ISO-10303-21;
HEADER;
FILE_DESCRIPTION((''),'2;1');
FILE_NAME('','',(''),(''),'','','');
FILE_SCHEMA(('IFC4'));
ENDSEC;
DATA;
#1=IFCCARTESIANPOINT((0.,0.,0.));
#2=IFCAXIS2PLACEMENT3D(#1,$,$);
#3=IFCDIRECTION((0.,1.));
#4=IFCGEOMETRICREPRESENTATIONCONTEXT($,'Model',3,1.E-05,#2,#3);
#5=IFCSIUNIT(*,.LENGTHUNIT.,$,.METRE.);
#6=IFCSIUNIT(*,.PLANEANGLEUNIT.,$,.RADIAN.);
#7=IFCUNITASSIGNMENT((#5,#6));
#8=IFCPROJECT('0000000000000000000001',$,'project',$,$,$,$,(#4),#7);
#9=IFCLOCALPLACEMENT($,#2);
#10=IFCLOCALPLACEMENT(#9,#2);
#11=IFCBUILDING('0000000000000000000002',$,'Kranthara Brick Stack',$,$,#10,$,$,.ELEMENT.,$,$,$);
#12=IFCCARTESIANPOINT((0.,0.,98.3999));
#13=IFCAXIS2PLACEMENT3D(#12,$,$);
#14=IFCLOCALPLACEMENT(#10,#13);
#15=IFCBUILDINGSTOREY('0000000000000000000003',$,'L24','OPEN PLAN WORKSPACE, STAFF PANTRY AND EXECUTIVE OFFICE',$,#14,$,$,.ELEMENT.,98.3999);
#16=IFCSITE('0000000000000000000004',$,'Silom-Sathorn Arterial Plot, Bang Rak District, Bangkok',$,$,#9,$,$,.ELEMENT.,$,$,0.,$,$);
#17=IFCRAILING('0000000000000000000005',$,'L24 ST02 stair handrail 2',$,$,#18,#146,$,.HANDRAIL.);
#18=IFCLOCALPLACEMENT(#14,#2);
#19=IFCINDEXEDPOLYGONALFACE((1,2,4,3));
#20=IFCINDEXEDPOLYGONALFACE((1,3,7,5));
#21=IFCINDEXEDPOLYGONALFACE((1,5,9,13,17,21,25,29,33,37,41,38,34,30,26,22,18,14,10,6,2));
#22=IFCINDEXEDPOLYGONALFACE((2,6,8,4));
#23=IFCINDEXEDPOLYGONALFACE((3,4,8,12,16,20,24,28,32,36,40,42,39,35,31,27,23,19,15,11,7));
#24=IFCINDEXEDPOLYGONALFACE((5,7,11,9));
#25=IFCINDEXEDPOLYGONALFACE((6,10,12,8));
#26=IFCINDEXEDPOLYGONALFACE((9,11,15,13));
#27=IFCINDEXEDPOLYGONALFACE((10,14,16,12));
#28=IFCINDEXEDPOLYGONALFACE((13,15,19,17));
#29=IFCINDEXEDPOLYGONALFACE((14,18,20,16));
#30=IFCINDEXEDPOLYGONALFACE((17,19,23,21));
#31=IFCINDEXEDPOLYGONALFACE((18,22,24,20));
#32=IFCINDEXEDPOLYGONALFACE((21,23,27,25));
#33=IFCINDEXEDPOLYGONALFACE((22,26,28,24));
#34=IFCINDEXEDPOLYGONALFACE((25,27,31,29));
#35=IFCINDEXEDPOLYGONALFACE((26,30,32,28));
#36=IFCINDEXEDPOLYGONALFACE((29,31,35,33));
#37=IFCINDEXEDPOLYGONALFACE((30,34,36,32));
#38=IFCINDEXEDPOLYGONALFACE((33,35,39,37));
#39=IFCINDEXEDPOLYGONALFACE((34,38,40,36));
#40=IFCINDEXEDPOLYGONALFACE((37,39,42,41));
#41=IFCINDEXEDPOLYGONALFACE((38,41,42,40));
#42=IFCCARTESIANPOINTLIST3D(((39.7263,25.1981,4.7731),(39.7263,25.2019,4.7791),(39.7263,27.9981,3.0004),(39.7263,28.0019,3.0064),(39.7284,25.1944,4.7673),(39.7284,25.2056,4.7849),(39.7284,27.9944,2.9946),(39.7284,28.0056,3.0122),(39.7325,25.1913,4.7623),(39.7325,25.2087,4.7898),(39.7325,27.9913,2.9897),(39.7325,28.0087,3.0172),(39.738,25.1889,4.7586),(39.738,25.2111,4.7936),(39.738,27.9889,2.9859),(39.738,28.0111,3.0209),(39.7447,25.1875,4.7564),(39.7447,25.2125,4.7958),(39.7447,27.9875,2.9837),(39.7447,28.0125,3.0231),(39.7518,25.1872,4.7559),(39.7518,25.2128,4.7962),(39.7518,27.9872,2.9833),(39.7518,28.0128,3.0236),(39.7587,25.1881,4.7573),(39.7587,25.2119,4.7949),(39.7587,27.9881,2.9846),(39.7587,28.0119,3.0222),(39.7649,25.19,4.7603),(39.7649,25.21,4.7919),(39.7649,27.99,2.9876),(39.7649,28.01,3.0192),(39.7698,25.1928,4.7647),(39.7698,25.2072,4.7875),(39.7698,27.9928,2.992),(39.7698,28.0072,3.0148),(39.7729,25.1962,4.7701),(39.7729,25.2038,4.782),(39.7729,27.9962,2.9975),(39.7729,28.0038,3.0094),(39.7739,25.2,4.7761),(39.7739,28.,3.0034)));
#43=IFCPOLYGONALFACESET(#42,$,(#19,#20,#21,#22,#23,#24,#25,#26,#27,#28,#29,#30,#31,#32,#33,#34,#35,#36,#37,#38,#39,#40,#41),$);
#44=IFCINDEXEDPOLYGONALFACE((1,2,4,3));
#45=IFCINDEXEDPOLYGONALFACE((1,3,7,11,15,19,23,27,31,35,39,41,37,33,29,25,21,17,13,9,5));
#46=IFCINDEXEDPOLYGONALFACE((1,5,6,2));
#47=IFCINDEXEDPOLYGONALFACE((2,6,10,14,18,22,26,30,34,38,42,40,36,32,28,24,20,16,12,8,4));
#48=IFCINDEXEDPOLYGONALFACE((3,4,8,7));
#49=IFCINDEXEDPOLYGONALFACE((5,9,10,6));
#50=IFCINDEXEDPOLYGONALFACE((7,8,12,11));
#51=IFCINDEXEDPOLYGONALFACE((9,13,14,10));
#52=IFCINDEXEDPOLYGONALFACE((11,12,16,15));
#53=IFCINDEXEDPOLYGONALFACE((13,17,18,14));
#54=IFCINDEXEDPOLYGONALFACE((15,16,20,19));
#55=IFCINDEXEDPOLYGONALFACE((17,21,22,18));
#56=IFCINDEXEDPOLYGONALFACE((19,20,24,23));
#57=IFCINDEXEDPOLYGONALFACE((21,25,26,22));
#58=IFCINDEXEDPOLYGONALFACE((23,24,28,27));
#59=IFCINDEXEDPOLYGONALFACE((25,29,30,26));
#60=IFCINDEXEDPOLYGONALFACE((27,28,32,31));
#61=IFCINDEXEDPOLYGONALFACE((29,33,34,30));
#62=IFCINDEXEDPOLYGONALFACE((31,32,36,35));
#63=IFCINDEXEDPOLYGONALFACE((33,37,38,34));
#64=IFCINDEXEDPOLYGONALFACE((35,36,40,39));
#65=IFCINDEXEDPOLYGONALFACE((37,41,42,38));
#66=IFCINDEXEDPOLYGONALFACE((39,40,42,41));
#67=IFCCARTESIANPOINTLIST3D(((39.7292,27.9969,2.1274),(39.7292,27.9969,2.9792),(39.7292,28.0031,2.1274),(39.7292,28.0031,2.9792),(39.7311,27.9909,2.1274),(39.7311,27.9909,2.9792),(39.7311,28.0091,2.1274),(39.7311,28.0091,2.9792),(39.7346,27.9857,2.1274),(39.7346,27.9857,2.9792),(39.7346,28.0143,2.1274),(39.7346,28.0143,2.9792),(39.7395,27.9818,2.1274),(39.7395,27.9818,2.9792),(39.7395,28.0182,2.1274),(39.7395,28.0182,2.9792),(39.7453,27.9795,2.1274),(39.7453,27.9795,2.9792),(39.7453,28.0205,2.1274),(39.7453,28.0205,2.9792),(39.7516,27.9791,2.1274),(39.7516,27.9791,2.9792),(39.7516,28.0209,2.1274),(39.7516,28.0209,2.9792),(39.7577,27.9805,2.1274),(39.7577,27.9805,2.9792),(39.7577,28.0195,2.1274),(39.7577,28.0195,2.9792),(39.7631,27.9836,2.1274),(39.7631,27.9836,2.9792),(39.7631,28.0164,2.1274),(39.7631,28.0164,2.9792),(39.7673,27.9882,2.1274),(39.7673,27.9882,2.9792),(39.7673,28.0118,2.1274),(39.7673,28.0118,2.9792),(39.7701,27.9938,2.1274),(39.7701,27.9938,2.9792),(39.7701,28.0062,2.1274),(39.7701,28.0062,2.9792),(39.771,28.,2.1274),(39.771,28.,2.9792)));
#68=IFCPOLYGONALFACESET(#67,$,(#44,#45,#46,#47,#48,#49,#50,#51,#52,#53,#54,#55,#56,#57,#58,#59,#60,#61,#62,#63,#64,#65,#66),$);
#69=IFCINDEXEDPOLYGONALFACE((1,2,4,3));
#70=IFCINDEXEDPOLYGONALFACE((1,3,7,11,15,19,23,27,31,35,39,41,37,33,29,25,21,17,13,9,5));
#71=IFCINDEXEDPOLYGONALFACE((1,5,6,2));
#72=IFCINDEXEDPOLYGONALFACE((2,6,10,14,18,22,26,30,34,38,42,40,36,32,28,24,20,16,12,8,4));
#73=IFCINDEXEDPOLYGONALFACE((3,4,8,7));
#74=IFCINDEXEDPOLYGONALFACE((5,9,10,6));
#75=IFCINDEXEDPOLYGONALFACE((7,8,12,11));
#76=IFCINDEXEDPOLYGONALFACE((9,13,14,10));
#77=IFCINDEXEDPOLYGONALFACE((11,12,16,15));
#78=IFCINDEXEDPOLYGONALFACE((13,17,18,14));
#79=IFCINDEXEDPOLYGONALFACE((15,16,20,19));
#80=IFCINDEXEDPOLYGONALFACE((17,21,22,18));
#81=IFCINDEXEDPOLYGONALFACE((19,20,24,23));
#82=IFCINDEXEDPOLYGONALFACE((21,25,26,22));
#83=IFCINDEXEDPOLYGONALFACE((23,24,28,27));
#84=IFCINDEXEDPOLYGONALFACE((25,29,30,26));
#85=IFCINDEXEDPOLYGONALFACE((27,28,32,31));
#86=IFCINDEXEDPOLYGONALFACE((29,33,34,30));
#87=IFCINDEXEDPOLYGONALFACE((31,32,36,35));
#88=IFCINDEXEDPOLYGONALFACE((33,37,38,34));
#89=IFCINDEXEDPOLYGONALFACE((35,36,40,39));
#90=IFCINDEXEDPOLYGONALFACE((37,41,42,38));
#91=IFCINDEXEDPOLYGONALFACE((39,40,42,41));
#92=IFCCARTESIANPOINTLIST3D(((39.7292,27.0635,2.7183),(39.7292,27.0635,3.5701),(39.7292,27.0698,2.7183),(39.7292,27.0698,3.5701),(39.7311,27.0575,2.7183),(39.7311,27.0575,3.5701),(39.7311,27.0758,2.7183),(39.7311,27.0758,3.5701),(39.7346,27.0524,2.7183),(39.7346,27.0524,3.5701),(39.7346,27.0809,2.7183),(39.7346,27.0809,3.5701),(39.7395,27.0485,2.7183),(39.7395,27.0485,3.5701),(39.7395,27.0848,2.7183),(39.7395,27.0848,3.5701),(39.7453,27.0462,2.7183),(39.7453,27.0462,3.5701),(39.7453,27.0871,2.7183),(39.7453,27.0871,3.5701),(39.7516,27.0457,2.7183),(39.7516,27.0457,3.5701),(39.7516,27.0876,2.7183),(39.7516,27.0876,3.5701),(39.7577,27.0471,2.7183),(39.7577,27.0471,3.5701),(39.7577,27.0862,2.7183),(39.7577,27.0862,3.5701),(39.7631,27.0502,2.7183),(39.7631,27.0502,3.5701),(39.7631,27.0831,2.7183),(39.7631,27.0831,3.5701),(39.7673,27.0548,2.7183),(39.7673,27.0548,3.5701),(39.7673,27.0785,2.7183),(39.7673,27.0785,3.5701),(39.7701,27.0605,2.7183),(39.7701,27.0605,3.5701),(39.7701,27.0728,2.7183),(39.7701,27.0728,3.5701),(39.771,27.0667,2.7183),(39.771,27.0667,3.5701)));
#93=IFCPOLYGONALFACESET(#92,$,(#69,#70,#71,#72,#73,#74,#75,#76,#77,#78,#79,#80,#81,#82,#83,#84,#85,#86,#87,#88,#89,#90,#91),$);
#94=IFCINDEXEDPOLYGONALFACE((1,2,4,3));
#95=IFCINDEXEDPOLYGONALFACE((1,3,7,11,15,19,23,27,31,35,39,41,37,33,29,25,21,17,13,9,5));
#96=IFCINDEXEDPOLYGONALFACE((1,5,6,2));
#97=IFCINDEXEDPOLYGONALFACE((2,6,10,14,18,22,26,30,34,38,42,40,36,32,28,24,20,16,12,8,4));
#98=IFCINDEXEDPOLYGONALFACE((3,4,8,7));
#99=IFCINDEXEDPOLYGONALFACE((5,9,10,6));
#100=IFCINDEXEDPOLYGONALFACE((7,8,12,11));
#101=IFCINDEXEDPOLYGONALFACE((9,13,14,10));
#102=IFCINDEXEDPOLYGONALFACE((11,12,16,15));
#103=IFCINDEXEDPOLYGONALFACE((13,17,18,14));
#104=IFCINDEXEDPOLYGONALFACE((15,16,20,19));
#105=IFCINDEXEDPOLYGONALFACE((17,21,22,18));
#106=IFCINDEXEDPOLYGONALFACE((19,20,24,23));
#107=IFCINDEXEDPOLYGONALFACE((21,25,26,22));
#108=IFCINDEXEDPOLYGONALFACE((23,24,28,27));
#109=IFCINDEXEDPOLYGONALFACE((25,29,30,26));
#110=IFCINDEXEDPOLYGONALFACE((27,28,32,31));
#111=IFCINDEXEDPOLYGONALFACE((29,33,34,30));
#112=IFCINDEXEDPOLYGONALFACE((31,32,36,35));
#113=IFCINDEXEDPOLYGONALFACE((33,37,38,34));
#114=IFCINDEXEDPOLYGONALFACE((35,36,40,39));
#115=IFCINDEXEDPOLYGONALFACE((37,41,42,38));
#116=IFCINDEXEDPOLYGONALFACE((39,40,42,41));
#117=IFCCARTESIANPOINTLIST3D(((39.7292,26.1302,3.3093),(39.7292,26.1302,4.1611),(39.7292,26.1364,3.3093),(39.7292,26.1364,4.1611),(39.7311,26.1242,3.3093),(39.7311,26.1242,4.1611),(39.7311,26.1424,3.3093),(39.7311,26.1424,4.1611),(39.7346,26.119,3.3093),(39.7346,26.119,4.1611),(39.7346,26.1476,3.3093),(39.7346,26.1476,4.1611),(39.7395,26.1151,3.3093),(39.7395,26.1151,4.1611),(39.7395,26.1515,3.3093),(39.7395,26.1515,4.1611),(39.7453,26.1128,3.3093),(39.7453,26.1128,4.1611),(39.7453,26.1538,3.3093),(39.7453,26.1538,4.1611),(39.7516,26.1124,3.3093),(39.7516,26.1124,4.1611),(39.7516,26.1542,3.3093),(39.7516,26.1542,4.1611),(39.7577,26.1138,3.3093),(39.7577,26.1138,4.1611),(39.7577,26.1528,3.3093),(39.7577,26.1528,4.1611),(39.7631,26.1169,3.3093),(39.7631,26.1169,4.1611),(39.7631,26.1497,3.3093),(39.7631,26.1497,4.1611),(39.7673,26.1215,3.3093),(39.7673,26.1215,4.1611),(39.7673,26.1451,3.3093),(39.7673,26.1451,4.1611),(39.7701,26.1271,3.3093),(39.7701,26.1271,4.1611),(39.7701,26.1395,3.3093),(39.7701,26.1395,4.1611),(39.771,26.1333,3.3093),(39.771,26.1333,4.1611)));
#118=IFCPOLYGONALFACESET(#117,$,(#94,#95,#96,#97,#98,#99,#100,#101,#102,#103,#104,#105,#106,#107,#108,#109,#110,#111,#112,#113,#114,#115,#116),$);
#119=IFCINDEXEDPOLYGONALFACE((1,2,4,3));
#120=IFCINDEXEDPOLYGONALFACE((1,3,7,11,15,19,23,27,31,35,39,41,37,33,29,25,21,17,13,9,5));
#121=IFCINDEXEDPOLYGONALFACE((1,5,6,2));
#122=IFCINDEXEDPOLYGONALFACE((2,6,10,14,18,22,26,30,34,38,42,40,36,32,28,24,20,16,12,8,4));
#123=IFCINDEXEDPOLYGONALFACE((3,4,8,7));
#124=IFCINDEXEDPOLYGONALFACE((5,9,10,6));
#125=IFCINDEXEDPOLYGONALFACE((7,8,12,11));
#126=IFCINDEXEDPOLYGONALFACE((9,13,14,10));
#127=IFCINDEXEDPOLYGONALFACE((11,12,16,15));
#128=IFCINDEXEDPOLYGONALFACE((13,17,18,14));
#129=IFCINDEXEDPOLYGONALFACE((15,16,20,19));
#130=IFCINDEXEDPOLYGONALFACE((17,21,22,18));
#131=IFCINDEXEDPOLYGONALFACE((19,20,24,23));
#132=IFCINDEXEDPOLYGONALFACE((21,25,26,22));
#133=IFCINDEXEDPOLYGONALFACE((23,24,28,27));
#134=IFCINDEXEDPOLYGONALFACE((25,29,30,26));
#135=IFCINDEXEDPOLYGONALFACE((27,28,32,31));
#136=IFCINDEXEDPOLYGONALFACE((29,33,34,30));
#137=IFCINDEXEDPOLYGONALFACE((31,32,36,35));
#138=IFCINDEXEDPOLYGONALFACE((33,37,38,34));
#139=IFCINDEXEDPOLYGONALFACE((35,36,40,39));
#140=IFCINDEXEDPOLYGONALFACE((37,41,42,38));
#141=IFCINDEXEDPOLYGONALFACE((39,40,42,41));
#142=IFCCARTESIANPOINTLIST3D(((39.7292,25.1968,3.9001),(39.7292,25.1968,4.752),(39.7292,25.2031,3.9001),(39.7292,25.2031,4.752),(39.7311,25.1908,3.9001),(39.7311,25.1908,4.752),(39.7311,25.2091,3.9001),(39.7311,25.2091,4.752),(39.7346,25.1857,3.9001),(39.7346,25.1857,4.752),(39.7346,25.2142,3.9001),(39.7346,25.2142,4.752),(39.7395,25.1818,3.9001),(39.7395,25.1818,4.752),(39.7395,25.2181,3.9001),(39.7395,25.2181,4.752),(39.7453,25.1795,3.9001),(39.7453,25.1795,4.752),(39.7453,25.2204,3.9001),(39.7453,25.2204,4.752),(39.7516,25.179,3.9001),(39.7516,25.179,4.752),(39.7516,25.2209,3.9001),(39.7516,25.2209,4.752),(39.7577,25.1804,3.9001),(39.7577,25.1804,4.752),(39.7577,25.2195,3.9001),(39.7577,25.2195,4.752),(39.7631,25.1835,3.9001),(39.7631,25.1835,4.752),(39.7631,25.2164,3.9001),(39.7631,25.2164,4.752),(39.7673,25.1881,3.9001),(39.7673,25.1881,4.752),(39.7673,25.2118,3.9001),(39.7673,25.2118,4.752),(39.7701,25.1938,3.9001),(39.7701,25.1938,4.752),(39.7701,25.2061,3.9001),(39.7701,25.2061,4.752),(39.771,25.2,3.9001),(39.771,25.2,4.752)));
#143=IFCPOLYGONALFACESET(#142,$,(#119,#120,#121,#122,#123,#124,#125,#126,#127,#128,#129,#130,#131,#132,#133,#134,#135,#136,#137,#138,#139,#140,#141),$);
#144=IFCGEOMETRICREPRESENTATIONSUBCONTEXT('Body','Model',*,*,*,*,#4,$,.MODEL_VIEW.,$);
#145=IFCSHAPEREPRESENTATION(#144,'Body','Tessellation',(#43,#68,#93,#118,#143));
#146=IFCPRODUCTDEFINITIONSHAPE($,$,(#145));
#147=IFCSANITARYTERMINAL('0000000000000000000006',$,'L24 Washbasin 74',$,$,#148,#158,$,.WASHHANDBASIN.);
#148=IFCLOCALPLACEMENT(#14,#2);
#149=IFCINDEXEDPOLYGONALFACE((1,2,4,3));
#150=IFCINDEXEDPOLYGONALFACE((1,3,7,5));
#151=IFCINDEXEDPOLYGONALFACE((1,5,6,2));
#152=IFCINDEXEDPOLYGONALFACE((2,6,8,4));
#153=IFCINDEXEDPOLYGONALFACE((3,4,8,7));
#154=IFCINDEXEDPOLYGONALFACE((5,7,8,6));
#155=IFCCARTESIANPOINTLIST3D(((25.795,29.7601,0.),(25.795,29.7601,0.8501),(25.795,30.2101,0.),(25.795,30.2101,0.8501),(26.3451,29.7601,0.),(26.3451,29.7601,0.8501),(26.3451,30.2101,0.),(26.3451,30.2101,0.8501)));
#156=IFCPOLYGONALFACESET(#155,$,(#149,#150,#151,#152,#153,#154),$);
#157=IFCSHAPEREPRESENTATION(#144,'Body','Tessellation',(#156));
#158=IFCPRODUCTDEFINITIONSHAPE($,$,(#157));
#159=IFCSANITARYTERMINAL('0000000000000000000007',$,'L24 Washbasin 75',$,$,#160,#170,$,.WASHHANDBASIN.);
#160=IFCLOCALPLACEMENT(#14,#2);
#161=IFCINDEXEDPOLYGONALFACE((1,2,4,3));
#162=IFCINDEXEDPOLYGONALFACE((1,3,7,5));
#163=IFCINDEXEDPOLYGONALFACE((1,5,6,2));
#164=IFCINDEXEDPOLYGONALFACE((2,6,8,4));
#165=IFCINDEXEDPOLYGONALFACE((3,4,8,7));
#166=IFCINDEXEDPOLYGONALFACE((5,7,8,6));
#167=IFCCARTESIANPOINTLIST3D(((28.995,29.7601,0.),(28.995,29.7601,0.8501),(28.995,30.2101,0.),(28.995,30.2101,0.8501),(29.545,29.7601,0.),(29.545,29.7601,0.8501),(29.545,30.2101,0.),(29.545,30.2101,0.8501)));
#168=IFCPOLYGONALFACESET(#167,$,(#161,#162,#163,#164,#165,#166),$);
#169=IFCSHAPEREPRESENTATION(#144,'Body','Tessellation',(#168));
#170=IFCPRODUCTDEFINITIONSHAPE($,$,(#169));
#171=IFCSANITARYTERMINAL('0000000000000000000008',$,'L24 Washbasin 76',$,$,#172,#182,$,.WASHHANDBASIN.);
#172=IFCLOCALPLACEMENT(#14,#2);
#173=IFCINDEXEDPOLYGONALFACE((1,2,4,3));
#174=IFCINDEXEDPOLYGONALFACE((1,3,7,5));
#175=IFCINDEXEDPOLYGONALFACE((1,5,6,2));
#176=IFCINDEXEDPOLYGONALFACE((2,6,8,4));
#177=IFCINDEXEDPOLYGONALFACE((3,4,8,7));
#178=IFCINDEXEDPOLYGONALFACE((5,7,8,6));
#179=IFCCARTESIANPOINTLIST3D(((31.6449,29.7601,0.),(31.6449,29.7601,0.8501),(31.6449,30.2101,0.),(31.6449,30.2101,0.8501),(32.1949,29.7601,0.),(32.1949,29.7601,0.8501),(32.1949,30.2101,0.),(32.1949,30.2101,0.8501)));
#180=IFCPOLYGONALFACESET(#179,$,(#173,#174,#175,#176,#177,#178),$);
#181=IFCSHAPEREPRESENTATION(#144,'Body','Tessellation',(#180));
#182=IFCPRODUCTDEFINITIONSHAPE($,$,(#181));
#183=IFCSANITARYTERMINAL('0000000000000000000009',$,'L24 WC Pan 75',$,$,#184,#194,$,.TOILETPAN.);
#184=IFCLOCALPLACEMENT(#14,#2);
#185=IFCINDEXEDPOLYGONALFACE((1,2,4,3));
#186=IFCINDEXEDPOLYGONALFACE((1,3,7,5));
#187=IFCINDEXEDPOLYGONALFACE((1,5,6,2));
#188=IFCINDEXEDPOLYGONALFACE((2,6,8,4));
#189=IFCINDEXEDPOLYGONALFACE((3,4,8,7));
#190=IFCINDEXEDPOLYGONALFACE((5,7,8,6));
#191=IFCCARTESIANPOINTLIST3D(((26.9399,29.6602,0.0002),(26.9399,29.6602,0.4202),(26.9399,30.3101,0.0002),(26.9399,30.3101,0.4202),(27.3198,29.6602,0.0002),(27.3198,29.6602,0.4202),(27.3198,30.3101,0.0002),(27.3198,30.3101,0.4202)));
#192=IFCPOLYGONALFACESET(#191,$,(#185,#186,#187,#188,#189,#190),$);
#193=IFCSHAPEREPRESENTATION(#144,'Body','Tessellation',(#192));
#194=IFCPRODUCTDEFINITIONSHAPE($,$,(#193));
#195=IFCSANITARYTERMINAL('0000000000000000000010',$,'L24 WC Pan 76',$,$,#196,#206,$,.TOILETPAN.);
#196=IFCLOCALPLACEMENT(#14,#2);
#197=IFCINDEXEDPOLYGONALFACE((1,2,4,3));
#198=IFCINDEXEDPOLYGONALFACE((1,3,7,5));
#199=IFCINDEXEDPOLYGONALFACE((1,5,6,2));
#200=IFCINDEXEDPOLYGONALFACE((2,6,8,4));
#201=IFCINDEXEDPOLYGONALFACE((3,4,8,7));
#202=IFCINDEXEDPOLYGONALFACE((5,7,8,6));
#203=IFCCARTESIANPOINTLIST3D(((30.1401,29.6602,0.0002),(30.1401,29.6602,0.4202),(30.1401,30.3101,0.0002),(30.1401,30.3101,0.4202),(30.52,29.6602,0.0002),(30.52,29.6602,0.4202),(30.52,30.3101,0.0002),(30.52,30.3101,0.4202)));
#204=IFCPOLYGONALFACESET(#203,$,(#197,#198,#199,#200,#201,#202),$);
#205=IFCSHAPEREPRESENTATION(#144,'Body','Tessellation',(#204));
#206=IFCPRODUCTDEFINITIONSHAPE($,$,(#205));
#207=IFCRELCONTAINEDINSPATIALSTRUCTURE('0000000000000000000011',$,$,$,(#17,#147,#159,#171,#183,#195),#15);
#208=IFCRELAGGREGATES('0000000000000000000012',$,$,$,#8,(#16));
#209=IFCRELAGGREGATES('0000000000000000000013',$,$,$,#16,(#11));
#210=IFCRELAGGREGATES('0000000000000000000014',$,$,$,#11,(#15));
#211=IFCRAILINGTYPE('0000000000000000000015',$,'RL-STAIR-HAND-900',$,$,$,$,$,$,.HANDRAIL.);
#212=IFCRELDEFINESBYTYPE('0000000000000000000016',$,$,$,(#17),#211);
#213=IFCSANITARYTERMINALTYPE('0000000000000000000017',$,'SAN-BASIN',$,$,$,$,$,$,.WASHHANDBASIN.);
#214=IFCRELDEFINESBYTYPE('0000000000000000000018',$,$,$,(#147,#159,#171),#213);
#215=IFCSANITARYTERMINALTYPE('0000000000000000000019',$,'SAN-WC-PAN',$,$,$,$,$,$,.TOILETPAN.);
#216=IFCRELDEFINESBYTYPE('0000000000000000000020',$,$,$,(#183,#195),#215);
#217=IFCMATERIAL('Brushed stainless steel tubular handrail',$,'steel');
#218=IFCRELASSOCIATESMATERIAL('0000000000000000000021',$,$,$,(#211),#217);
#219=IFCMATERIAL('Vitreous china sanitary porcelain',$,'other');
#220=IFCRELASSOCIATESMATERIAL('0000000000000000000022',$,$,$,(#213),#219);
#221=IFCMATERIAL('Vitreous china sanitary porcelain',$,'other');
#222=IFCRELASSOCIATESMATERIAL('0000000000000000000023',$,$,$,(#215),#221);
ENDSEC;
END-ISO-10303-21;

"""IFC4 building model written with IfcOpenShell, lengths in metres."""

from ifc_helpers import new_model, si_unit, direction, frame, origin, origin_2d, place, context, subcontext, project, spatial, rectangle, circle, extrude, material, type_object, element, save


model = new_model("IFC4")

# Units and contexts
model_context = context("Model", 3, precision=1e-05, world=origin(), true_north=direction((0.0, 1.0)))
body_context = subcontext(model_context, "Body", "Model", "MODEL_VIEW")
ifc_project = project(units=[si_unit("LENGTHUNIT", "METRE"), si_unit("PLANEANGLEUNIT", "RADIAN")], contexts=[model_context])

# Site, building, storey
site_placement = place(None, origin())
site = spatial("IfcSite", under=ifc_project, at=site_placement, Name="Silom-Sathorn Arterial Plot, Bang Rak District, Bangkok", CompositionType="ELEMENT", RefElevation=0.0)
building_placement = place(site_placement, origin())
building = spatial("IfcBuilding", under=site, at=building_placement, Name="Kranthara Brick Stack", CompositionType="ELEMENT")
storey_placement = place(building_placement, frame((0.0, 0.0, 98.3999)))
storey = spatial("IfcBuildingStorey", under=building, at=storey_placement, Name="L24", Description="OPEN PLAN WORKSPACE, STAFF PANTRY AND EXECUTIVE OFFICE", CompositionType="ELEMENT", Elevation=98.3999)

# Railing
ifc_material_1 = material(Name="Brushed stainless steel tubular handrail", Category="steel")
railing_type_1 = type_object("IfcRailingType", Name="RL-STAIR-HAND-900", PredefinedType="HANDRAIL", material=ifc_material_1)
railing_1_placement = place(storey_placement, frame((39.75, 28.0, 2.1274)))
element("IfcRailing", 1, at=railing_1_placement, inside=storey, type_object=railing_type_1, Name="L24 ST02 stair handrail 2", PredefinedType="HANDRAIL", context=body_context, shape_type="SweptSolid", body=[
    extrude(circle(Radius=0.0239, at=origin_2d()), frame((0.0, 0.0, 0.876), z_axis=(0.0, -0.844909, 0.53491), x_axis=(1.0, 0.0, 0.0)), (0.0, 0.0, 1.0), 3.314),
    extrude(circle(Radius=0.021, at=origin_2d()), origin(), (0.0, 0.0, 1.0), 0.8518),
    extrude(circle(Radius=0.021, at=origin_2d()), frame((0.0, -0.9333, 0.5908)), (0.0, 0.0, 1.0), 0.8518),
    extrude(circle(Radius=0.021, at=origin_2d()), frame((0.0, -1.8667, 1.1819)), (0.0, 0.0, 1.0), 0.8518),
    extrude(circle(Radius=0.021, at=origin_2d()), frame((0.0, -2.8, 1.7727)), (0.0, 0.0, 1.0), 0.8518),
])

# Sanitary terminals
ifc_material_2 = material(Name="Vitreous china sanitary porcelain", Category="other")
sanitary_terminal_type_1 = type_object("IfcSanitaryTerminalType", Name="SAN-BASIN", PredefinedType="WASHHANDBASIN", material=ifc_material_2)
for number, where, z_axis, x_axis, name in (
    (2, (26.0701, 29.9851, 0.0), (0.0, 0.0, 1.0), (1.0, 0.0, 0.0), "L24 Washbasin 74"),
    (3, (29.27, 29.9851, 0.0), (0.0, 0.0, 1.0), (1.0, 0.0, 0.0), "L24 Washbasin 75"),
    (4, (31.9199, 29.9851, 0.0), (0.0, 0.0, 1.0), (1.0, 0.0, 0.0), "L24 Washbasin 76"),
):
    element("IfcSanitaryTerminal", number, at=place(storey_placement, frame(where, z_axis=z_axis, x_axis=x_axis)), inside=storey, type_object=sanitary_terminal_type_1, Name=name, PredefinedType="WASHHANDBASIN", context=body_context, shape_type="SweptSolid", body=[
        extrude(rectangle(XDim=0.55, YDim=0.45, at=origin_2d()), origin(), (0.0, 0.0, 1.0), 0.8501),
    ])
ifc_material_3 = material(Name="Vitreous china sanitary porcelain", Category="other")
sanitary_terminal_type_2 = type_object("IfcSanitaryTerminalType", Name="SAN-WC-PAN", PredefinedType="TOILETPAN", material=ifc_material_3)
for number, where, z_axis, x_axis, name in (
    (5, (27.1299, 29.9851, 0.0002), (0.0, 0.0, 1.0), (1.0, 0.0, 0.0), "L24 WC Pan 75"),
    (6, (30.3301, 29.9851, 0.0002), (0.0, 0.0, 1.0), (1.0, 0.0, 0.0), "L24 WC Pan 76"),
):
    element("IfcSanitaryTerminal", number, at=place(storey_placement, frame(where, z_axis=z_axis, x_axis=x_axis)), inside=storey, type_object=sanitary_terminal_type_2, Name=name, PredefinedType="TOILETPAN", context=body_context, shape_type="SweptSolid", body=[
        extrude(rectangle(XDim=0.3799, YDim=0.6499, at=origin_2d()), origin(), (0.0, 0.0, 1.0), 0.4199),
    ])

save(model, "model.ifc")
